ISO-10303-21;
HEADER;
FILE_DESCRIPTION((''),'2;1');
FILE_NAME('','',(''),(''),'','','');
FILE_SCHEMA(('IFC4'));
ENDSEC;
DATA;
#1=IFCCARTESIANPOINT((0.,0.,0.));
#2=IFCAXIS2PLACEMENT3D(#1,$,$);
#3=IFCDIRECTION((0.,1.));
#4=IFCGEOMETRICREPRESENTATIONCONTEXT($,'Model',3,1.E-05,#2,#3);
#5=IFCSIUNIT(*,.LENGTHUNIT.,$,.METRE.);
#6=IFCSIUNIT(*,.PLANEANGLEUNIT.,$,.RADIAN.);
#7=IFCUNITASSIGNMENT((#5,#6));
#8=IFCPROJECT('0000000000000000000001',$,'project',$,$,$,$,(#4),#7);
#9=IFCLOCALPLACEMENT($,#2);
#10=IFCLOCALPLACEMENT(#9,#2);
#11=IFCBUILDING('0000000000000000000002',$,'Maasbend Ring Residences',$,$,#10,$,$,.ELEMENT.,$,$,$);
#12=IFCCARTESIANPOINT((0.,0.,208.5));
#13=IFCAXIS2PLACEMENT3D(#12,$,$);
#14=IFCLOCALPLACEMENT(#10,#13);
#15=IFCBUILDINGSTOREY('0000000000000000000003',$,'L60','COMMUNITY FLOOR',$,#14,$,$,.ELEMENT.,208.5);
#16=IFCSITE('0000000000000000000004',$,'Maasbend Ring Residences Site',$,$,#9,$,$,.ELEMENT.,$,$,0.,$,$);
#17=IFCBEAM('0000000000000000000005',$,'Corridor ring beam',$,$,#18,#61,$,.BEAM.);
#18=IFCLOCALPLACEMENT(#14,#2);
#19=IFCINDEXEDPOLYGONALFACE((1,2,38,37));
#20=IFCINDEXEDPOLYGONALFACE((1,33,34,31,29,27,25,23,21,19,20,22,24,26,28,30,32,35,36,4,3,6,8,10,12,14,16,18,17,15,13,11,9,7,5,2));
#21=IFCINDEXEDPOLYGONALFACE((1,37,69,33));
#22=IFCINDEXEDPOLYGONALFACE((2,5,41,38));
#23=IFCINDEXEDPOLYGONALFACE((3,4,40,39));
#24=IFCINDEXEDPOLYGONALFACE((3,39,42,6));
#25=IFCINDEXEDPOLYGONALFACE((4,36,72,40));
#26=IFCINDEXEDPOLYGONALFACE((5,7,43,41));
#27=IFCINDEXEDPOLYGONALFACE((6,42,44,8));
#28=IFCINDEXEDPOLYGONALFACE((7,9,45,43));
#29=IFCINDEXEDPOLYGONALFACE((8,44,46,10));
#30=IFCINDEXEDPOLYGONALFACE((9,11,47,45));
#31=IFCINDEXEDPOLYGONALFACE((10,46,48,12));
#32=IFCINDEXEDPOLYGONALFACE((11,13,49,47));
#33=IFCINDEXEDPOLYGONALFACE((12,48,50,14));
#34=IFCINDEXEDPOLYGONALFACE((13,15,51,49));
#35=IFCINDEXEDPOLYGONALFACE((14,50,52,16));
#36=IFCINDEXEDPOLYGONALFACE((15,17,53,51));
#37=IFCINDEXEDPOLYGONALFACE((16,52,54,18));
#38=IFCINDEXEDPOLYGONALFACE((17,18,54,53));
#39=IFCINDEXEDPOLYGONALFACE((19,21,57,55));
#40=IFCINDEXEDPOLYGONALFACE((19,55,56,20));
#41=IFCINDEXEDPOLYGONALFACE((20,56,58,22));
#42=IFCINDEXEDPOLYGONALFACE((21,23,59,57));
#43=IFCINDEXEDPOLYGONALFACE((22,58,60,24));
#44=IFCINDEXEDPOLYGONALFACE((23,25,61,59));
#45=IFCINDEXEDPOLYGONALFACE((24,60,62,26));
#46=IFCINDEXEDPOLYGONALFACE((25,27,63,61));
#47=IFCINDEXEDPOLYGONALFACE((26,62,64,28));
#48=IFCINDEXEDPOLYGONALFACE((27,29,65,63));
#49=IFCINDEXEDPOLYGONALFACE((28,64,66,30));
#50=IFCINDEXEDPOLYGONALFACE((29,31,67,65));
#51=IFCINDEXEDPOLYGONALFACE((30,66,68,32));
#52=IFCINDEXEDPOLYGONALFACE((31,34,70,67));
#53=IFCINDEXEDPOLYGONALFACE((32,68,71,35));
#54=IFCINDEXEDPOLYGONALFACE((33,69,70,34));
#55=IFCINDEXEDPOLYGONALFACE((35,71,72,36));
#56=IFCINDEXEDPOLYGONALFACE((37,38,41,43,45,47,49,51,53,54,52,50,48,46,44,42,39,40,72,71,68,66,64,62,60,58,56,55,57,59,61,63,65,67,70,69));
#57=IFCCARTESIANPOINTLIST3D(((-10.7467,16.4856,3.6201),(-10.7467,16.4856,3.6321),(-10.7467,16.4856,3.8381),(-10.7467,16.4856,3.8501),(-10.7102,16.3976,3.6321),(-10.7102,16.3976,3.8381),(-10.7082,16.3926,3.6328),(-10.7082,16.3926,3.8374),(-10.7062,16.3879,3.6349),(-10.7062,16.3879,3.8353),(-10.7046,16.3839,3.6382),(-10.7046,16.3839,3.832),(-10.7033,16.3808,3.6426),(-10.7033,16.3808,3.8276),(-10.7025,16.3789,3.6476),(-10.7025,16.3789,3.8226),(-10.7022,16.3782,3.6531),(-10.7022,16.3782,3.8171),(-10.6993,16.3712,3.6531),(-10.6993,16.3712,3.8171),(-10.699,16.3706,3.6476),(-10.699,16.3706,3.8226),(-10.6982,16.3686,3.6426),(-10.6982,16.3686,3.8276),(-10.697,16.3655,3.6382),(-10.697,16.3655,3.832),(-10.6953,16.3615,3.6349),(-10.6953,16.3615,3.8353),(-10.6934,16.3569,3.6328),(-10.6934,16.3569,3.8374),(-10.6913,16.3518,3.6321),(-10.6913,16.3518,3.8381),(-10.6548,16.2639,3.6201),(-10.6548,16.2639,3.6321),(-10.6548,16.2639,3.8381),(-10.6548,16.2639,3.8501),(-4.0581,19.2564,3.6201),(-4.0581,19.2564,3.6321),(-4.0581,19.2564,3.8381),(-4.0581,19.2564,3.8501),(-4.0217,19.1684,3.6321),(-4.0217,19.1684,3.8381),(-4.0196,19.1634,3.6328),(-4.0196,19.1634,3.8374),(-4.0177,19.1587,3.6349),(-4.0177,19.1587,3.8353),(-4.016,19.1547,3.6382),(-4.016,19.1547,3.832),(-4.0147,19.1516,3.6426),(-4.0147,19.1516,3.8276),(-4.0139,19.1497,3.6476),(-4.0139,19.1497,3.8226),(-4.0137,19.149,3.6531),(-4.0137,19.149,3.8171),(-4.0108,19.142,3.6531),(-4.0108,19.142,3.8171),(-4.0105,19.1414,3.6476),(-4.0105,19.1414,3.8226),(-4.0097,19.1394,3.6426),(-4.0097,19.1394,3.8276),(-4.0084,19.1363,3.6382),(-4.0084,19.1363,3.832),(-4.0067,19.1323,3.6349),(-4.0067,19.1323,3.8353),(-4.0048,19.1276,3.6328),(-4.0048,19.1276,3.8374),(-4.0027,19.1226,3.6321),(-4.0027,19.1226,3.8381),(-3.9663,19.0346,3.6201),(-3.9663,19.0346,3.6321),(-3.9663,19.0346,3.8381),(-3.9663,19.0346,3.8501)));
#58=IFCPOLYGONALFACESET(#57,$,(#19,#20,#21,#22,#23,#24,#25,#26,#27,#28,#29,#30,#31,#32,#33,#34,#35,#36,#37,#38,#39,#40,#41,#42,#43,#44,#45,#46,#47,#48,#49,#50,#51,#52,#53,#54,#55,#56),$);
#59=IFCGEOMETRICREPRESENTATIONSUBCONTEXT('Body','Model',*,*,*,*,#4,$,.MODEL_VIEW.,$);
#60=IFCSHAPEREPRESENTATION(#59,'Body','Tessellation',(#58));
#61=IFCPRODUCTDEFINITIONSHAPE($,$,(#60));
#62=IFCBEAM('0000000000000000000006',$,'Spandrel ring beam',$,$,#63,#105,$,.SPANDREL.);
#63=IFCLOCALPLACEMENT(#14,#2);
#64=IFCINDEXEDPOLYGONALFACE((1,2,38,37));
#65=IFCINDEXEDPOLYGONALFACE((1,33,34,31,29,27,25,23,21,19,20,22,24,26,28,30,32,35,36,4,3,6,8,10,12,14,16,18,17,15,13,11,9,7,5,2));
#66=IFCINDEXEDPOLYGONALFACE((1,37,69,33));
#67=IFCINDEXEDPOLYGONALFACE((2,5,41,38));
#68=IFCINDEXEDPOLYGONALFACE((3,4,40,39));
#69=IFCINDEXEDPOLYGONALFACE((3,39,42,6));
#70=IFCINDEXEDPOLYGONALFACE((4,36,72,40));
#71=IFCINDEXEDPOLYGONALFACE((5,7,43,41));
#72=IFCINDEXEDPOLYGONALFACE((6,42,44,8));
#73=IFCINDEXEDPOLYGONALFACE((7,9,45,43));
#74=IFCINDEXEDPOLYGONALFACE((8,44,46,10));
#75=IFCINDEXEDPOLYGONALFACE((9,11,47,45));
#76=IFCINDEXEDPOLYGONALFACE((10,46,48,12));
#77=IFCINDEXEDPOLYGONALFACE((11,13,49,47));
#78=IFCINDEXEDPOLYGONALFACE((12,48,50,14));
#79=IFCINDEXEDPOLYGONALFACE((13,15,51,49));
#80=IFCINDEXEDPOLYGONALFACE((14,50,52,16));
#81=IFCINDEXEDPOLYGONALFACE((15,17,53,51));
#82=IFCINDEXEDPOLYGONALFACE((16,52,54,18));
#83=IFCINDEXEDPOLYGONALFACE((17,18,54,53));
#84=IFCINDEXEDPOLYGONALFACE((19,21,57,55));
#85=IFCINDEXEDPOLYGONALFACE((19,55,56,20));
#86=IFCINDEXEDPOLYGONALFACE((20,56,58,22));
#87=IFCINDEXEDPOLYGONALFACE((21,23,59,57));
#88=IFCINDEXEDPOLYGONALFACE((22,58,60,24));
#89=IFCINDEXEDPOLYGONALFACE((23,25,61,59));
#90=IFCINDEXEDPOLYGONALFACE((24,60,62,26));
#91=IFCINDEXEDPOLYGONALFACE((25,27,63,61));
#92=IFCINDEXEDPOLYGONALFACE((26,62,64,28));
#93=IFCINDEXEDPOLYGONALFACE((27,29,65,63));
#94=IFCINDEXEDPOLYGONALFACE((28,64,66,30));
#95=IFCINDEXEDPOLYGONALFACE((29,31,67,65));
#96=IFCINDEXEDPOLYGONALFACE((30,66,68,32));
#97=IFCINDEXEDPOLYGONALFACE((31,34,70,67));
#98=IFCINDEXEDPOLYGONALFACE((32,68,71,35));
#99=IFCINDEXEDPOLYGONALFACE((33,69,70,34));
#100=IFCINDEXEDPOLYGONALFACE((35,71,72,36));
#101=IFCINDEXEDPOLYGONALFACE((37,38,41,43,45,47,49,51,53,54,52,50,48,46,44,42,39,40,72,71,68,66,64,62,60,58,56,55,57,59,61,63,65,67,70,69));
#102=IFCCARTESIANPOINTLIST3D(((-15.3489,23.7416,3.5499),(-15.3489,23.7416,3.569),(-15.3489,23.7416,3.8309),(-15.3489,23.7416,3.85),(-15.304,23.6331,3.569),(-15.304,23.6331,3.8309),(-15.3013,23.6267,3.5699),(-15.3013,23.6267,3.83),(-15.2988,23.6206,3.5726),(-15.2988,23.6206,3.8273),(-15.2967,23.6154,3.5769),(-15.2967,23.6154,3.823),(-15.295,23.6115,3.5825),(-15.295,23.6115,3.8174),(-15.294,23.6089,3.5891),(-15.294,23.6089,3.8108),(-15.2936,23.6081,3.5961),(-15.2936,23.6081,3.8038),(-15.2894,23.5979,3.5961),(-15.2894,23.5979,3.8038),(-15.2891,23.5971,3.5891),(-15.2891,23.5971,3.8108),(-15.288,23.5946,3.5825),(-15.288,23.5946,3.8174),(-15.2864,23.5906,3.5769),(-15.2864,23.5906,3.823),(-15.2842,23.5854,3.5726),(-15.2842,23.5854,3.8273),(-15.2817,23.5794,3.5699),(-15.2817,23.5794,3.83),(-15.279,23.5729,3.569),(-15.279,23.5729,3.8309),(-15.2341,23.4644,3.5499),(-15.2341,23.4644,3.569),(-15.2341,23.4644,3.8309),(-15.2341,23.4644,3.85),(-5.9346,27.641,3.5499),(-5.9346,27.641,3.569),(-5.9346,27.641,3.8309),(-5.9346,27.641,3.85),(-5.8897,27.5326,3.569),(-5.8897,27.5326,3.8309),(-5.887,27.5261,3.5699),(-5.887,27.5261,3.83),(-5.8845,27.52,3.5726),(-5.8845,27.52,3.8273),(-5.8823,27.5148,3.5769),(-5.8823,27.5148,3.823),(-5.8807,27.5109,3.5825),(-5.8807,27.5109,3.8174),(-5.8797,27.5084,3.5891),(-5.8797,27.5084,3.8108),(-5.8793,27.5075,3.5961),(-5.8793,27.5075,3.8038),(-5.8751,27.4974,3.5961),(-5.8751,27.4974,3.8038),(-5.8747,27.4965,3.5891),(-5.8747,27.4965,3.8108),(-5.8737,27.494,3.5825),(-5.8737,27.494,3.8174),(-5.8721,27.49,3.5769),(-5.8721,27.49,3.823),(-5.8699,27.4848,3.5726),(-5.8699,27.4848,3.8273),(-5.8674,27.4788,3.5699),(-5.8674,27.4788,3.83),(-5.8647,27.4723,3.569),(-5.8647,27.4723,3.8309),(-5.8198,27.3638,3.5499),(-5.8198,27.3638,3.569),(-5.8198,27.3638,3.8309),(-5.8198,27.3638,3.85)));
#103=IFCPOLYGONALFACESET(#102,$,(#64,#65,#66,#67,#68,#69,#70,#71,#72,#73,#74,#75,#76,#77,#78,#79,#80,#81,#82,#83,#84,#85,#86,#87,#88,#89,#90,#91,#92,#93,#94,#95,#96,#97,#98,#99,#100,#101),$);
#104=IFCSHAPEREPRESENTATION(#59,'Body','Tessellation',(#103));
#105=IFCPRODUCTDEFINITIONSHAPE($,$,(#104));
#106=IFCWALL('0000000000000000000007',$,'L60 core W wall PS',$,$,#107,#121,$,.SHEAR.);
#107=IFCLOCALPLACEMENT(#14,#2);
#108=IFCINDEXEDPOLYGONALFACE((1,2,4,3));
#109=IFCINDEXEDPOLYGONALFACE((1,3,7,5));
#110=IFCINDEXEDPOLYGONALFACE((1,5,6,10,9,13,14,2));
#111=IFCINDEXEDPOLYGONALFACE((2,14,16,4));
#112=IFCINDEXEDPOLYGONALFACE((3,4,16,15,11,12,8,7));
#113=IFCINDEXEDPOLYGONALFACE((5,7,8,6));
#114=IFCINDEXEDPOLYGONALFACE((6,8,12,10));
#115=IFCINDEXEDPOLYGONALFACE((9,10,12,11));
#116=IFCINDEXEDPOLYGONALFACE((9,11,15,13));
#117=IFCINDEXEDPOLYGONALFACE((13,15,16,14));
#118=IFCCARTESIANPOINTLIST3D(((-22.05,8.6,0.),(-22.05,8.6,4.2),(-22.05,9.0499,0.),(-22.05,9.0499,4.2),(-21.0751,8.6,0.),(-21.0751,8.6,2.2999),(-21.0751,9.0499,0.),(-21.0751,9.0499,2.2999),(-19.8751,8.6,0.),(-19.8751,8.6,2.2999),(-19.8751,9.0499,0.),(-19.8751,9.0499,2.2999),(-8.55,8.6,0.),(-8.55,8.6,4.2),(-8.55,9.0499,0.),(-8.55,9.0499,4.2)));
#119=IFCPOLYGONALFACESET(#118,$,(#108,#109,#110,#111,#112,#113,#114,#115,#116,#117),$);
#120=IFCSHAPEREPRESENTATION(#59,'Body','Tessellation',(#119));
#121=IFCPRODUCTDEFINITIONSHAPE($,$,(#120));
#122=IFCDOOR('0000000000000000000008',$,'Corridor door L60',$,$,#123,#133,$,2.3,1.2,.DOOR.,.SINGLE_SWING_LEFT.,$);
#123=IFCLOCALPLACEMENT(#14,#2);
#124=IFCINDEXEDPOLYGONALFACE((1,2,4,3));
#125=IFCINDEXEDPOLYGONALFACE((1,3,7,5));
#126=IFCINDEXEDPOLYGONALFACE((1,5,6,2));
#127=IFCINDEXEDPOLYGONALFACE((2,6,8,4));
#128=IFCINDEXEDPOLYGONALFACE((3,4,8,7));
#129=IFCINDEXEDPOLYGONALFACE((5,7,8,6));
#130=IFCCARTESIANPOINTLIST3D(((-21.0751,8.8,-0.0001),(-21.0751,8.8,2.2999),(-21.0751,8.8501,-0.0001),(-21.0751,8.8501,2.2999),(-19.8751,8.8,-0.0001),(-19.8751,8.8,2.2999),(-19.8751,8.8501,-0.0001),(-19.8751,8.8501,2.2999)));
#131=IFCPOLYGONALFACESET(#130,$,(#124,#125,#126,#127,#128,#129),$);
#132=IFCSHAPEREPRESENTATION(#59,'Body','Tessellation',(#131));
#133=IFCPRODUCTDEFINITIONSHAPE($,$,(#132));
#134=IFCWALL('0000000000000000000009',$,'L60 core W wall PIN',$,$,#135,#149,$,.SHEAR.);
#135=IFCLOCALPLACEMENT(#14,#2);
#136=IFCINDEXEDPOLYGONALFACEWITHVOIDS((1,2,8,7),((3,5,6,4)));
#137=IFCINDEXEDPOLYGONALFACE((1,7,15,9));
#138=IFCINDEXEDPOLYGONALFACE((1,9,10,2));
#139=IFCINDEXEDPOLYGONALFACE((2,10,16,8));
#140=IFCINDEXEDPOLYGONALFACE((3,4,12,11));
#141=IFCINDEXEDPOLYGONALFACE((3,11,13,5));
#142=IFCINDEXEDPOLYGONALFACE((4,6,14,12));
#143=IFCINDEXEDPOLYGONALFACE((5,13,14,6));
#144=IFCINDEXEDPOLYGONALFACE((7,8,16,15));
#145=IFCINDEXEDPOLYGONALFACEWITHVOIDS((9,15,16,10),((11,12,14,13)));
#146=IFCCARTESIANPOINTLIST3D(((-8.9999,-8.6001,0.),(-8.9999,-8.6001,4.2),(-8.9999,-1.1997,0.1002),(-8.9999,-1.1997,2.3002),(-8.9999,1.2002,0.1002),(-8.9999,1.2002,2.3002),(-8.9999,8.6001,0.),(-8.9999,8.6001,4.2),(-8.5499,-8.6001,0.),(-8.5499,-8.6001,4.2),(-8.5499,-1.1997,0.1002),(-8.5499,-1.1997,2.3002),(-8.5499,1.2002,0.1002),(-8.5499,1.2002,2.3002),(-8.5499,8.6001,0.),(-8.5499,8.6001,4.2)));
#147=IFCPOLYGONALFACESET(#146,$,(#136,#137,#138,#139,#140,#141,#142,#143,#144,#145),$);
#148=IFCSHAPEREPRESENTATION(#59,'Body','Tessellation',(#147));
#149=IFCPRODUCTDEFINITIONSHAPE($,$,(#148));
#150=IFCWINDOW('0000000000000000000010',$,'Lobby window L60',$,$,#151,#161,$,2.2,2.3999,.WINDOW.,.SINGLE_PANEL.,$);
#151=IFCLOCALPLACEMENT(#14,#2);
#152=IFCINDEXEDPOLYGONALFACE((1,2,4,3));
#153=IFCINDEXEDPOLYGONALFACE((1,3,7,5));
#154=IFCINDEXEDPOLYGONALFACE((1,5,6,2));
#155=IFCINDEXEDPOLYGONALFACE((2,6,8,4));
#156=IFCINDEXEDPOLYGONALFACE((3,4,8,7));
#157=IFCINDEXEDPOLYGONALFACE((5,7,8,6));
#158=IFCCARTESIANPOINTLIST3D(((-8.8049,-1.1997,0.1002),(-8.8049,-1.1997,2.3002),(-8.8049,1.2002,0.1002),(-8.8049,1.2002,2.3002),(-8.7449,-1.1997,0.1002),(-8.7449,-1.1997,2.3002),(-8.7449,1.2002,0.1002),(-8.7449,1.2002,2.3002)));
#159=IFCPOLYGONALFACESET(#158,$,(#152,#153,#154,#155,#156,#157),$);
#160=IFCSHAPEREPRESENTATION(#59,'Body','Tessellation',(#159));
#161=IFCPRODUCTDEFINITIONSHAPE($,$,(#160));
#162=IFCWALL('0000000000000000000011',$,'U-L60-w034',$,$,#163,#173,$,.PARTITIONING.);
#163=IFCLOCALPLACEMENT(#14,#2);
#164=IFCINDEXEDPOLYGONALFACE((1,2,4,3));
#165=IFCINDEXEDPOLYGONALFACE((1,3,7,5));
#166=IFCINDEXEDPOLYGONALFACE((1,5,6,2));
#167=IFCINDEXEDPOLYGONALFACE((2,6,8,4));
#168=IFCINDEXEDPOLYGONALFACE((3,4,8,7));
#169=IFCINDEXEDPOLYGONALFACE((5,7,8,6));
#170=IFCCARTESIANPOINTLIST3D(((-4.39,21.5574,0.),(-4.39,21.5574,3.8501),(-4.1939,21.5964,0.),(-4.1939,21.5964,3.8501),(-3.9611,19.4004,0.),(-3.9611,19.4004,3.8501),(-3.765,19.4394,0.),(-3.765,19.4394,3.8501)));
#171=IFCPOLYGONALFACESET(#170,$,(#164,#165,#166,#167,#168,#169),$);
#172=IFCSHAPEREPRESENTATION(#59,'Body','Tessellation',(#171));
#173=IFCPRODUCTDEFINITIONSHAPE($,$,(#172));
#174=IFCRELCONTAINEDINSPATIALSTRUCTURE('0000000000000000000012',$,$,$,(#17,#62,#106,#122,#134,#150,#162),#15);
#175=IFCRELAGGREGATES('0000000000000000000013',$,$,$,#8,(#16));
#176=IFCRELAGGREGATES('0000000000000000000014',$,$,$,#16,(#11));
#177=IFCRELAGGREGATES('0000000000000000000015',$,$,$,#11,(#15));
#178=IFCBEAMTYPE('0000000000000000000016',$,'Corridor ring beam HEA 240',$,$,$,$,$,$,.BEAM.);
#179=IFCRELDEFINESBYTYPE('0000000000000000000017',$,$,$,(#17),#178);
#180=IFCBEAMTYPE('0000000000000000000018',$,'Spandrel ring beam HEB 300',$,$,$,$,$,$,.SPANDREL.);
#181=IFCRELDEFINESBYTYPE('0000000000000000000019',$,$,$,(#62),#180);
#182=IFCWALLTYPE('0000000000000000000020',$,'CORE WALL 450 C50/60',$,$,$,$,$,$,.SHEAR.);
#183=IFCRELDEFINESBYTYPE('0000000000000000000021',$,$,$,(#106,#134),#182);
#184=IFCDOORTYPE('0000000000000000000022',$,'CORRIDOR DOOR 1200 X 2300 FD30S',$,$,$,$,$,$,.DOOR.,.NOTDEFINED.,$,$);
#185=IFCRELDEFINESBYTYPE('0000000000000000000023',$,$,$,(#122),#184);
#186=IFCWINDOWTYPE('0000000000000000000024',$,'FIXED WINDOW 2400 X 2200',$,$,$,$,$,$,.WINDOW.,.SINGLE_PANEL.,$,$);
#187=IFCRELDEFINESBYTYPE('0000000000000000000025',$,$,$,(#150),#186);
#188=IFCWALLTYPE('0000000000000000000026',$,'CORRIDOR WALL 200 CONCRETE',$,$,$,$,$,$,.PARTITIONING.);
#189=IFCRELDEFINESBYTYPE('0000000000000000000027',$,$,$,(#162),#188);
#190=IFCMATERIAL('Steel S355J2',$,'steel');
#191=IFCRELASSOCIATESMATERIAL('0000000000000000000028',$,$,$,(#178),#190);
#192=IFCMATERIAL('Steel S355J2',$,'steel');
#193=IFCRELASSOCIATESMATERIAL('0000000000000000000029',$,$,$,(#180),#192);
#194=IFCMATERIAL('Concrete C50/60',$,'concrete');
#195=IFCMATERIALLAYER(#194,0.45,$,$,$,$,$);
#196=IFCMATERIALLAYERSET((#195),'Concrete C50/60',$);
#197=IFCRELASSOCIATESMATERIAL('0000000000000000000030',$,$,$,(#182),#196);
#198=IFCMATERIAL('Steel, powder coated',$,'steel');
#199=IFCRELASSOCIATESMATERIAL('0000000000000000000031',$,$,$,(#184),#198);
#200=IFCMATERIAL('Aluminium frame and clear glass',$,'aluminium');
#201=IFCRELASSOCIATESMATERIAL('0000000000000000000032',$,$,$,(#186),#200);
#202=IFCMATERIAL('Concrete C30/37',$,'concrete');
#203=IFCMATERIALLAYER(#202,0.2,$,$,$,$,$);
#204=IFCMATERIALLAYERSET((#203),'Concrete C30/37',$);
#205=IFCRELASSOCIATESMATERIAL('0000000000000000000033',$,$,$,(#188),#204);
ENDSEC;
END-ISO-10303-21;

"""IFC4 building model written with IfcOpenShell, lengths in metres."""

from ifc_helpers import new_model, si_unit, direction, frame, frame_2d, origin, origin_2d, place, context, subcontext, project, spatial, rectangle, i_section, extrude, material, layer, layer_set, material_profile, profile_set, type_object, element, fill, save


model = new_model("IFC4")

# Units and contexts
model_context = context("Model", 3, precision=1e-05, world=origin(), true_north=direction((0.0, 1.0)))
body_context = subcontext(model_context, "Body", "Model", "MODEL_VIEW")
ifc_project = project(units=[si_unit("LENGTHUNIT", "METRE"), si_unit("PLANEANGLEUNIT", "RADIAN")], contexts=[model_context])

# Site, building, storey
site_placement = place(None, origin())
site = spatial("IfcSite", under=ifc_project, at=site_placement, Name="Maasbend Ring Residences Site", CompositionType="ELEMENT", RefElevation=0.0)
building_placement = place(site_placement, origin())
building = spatial("IfcBuilding", under=site, at=building_placement, Name="Maasbend Ring Residences", CompositionType="ELEMENT")
storey_placement = place(building_placement, frame((0.0, 0.0, 208.5)))
storey = spatial("IfcBuildingStorey", under=building, at=storey_placement, Name="L60", Description="COMMUNITY FLOOR", CompositionType="ELEMENT", Elevation=208.5)

# Beams
ifc_material_1 = material(Name="Steel S355J2", Category="steel")
ifc_material_profile_1 = material_profile(ifc_material_1, i_section(OverallWidth=0.24, OverallDepth=0.23, WebThickness=0.0076, FlangeThickness=0.012, FilletRadius=0.021, at=origin_2d()), Name="HEA 240")
ifc_profile_set_1 = profile_set([ifc_material_profile_1], Name="Steel S355J2")
beam_type_1 = type_object("IfcBeamType", Name="Corridor ring beam HEA 240", PredefinedType="BEAM", material=ifc_profile_set_1)
beam_1_placement = place(storey_placement, frame((-4.0122, 19.1455, 3.7351), z_axis=(-0.923865, -0.382718, 0.0), x_axis=(0.382718, -0.923865, 0.0)))
element("IfcBeam", 1, at=beam_1_placement, inside=storey, type_object=beam_type_1, Name="Corridor ring beam", PredefinedType="BEAM", context=body_context, shape_type="SweptSolid", body=[
    extrude(i_section(OverallWidth=0.24, OverallDepth=0.23, WebThickness=0.0076, FlangeThickness=0.012, FilletRadius=0.021, at=origin_2d()), origin(), (0.0, 0.0, 1.0), 7.2397),
])
ifc_material_2 = material(Name="Steel S355J2", Category="steel")
ifc_material_profile_2 = material_profile(ifc_material_2, i_section(OverallWidth=0.3, OverallDepth=0.3, WebThickness=0.011, FlangeThickness=0.019, FilletRadius=0.0271, at=origin_2d()), Name="HEB 300")
ifc_profile_set_2 = profile_set([ifc_material_profile_2], Name="Steel S355J2")
beam_type_2 = type_object("IfcBeamType", Name="Spandrel ring beam HEB 300", PredefinedType="SPANDREL", material=ifc_profile_set_2)
beam_2_placement = place(storey_placement, frame((-5.8772, 27.5024, 3.7), z_axis=(-0.923884, -0.382673, 0.0), x_axis=(0.382673, -0.923884, 0.0)))
element("IfcBeam", 2, at=beam_2_placement, inside=storey, type_object=beam_type_2, Name="Spandrel ring beam", PredefinedType="SPANDREL", context=body_context, shape_type="SweptSolid", body=[
    extrude(i_section(OverallWidth=0.3, OverallDepth=0.3, WebThickness=0.011, FlangeThickness=0.019, FilletRadius=0.0271, at=origin_2d()), origin(), (0.0, 0.0, 1.0), 10.1899),
])

# Wall, opening, door
ifc_material_3 = material(Name="Concrete C50/60", Category="concrete")
ifc_layer_1 = layer(ifc_material_3, 0.45)
ifc_layer_set_1 = layer_set([ifc_layer_1], Name="Concrete C50/60")
wall_type_1 = type_object("IfcWallType", Name="CORE WALL 450 C50/60", PredefinedType="SHEAR", material=ifc_layer_set_1)
wall_1_placement = place(storey_placement, frame((-8.55, 8.825, 0.0), z_axis=(0.0, 0.0, 1.0), x_axis=(-1.0, 0.0, 0.0)))
wall_1 = element("IfcWall", 3, at=wall_1_placement, inside=storey, type_object=wall_type_1, Name="L60 core W wall PS", PredefinedType="SHEAR", context=body_context, shape_type="SweptSolid", body=[
    extrude(rectangle(XDim=13.5, YDim=0.45, at=frame_2d((6.75, 0.0))), origin(), (0.0, 0.0, 1.0), 4.2),
])
opening_1_placement = place(wall_1_placement, frame((11.325, 0.0, 0.0)))
opening_1 = element("IfcOpeningElement", 4, at=opening_1_placement, cuts=wall_1, PredefinedType="OPENING", context=body_context, shape_type="SweptSolid", body=[
    extrude(rectangle(XDim=1.2, YDim=2.3, at=frame_2d((0.6001, 1.1499))), frame((0.0, 0.2349, 0.0), z_axis=(0.0, -1.0, 0.0), x_axis=(1.0, 0.0, 0.0)), (0.0, 0.0, 1.0), 0.47),
])
ifc_material_4 = material(Name="Steel, powder coated", Category="steel")
door_type_1 = type_object("IfcDoorType", Name="CORRIDOR DOOR 1200 X 2300 FD30S", OperationType="NOTDEFINED", PredefinedType="DOOR", material=ifc_material_4)
door_1_placement = place(opening_1_placement, origin())
door_1 = element("IfcDoor", 5, at=door_1_placement, inside=storey, type_object=door_type_1, Name="Corridor door L60", OperationType="SINGLE_SWING_LEFT", OverallHeight=2.3, OverallWidth=1.2, PredefinedType="DOOR", context=body_context, shape_type="SweptSolid", body=[
    extrude(rectangle(XDim=1.2, YDim=2.3, at=frame_2d((0.6001, 1.1499))), frame((0.0, 0.0249, 0.0), z_axis=(0.0, -1.0, 0.0), x_axis=(1.0, 0.0, 0.0)), (0.0, 0.0, 1.0), 0.05),
])
fill(opening_1, door_1)

# Wall, opening, window
wall_2_placement = place(storey_placement, frame((-8.7749, 8.6001, 0.0), z_axis=(0.0, 0.0, 1.0), x_axis=(0.0, -1.0, 0.0)))
wall_2 = element("IfcWall", 6, at=wall_2_placement, inside=storey, type_object=wall_type_1, Name="L60 core W wall PIN", PredefinedType="SHEAR", context=body_context, shape_type="SweptSolid", body=[
    extrude(rectangle(XDim=17.2002, YDim=0.45, at=frame_2d((8.6001, 0.0))), origin(), (0.0, 0.0, 1.0), 4.2),
])
opening_2_placement = place(wall_2_placement, frame((7.3999, 0.0, 0.1001)))
opening_2 = element("IfcOpeningElement", 7, at=opening_2_placement, cuts=wall_2, PredefinedType="OPENING", context=body_context, shape_type="SweptSolid", body=[
    extrude(rectangle(XDim=2.3999, YDim=2.2, at=frame_2d((1.2, 1.1001))), frame((0.0, 0.2349, 0.0), z_axis=(0.0, -1.0, 0.0), x_axis=(1.0, 0.0, 0.0)), (0.0, 0.0, 1.0), 0.47),
])
ifc_material_5 = material(Name="Aluminium frame and clear glass", Category="aluminium")
window_type = type_object("IfcWindowType", Name="FIXED WINDOW 2400 X 2200", PartitioningType="SINGLE_PANEL", PredefinedType="WINDOW", material=ifc_material_5)
window_placement = place(opening_2_placement, origin())
window = element("IfcWindow", 8, at=window_placement, inside=storey, type_object=window_type, Name="Lobby window L60", OverallHeight=2.2, OverallWidth=2.3999, PartitioningType="SINGLE_PANEL", PredefinedType="WINDOW", context=body_context, shape_type="SweptSolid", body=[
    extrude(rectangle(XDim=2.3999, YDim=2.2, at=frame_2d((1.2, 1.1001))), frame((0.0, 0.03, 0.0), z_axis=(0.0, -1.0, 0.0), x_axis=(1.0, 0.0, 0.0)), (0.0, 0.0, 1.0), 0.0601),
])
fill(opening_2, window)

# Wall
ifc_material_6 = material(Name="Concrete C30/37", Category="concrete")
ifc_layer_2 = layer(ifc_material_6, 0.2)
ifc_layer_set_2 = layer_set([ifc_layer_2], Name="Concrete C30/37")
wall_type_2 = type_object("IfcWallType", Name="CORRIDOR WALL 200 CONCRETE", PredefinedType="PARTITIONING", material=ifc_layer_set_2)
wall_3_placement = place(storey_placement, frame((-4.292, 21.5769, 0.0), z_axis=(0.0, 0.0, 1.0), x_axis=(0.195049, -0.980794, 0.0)))
element("IfcWall", 9, at=wall_3_placement, inside=storey, type_object=wall_type_2, Name="U-L60-w034", PredefinedType="PARTITIONING", context=body_context, shape_type="SweptSolid", body=[
    extrude(rectangle(XDim=2.1992, YDim=0.2, at=frame_2d((1.0996, 0.0))), origin(), (0.0, 0.0, 1.0), 3.8501),
])

save(model, "model.ifc")
